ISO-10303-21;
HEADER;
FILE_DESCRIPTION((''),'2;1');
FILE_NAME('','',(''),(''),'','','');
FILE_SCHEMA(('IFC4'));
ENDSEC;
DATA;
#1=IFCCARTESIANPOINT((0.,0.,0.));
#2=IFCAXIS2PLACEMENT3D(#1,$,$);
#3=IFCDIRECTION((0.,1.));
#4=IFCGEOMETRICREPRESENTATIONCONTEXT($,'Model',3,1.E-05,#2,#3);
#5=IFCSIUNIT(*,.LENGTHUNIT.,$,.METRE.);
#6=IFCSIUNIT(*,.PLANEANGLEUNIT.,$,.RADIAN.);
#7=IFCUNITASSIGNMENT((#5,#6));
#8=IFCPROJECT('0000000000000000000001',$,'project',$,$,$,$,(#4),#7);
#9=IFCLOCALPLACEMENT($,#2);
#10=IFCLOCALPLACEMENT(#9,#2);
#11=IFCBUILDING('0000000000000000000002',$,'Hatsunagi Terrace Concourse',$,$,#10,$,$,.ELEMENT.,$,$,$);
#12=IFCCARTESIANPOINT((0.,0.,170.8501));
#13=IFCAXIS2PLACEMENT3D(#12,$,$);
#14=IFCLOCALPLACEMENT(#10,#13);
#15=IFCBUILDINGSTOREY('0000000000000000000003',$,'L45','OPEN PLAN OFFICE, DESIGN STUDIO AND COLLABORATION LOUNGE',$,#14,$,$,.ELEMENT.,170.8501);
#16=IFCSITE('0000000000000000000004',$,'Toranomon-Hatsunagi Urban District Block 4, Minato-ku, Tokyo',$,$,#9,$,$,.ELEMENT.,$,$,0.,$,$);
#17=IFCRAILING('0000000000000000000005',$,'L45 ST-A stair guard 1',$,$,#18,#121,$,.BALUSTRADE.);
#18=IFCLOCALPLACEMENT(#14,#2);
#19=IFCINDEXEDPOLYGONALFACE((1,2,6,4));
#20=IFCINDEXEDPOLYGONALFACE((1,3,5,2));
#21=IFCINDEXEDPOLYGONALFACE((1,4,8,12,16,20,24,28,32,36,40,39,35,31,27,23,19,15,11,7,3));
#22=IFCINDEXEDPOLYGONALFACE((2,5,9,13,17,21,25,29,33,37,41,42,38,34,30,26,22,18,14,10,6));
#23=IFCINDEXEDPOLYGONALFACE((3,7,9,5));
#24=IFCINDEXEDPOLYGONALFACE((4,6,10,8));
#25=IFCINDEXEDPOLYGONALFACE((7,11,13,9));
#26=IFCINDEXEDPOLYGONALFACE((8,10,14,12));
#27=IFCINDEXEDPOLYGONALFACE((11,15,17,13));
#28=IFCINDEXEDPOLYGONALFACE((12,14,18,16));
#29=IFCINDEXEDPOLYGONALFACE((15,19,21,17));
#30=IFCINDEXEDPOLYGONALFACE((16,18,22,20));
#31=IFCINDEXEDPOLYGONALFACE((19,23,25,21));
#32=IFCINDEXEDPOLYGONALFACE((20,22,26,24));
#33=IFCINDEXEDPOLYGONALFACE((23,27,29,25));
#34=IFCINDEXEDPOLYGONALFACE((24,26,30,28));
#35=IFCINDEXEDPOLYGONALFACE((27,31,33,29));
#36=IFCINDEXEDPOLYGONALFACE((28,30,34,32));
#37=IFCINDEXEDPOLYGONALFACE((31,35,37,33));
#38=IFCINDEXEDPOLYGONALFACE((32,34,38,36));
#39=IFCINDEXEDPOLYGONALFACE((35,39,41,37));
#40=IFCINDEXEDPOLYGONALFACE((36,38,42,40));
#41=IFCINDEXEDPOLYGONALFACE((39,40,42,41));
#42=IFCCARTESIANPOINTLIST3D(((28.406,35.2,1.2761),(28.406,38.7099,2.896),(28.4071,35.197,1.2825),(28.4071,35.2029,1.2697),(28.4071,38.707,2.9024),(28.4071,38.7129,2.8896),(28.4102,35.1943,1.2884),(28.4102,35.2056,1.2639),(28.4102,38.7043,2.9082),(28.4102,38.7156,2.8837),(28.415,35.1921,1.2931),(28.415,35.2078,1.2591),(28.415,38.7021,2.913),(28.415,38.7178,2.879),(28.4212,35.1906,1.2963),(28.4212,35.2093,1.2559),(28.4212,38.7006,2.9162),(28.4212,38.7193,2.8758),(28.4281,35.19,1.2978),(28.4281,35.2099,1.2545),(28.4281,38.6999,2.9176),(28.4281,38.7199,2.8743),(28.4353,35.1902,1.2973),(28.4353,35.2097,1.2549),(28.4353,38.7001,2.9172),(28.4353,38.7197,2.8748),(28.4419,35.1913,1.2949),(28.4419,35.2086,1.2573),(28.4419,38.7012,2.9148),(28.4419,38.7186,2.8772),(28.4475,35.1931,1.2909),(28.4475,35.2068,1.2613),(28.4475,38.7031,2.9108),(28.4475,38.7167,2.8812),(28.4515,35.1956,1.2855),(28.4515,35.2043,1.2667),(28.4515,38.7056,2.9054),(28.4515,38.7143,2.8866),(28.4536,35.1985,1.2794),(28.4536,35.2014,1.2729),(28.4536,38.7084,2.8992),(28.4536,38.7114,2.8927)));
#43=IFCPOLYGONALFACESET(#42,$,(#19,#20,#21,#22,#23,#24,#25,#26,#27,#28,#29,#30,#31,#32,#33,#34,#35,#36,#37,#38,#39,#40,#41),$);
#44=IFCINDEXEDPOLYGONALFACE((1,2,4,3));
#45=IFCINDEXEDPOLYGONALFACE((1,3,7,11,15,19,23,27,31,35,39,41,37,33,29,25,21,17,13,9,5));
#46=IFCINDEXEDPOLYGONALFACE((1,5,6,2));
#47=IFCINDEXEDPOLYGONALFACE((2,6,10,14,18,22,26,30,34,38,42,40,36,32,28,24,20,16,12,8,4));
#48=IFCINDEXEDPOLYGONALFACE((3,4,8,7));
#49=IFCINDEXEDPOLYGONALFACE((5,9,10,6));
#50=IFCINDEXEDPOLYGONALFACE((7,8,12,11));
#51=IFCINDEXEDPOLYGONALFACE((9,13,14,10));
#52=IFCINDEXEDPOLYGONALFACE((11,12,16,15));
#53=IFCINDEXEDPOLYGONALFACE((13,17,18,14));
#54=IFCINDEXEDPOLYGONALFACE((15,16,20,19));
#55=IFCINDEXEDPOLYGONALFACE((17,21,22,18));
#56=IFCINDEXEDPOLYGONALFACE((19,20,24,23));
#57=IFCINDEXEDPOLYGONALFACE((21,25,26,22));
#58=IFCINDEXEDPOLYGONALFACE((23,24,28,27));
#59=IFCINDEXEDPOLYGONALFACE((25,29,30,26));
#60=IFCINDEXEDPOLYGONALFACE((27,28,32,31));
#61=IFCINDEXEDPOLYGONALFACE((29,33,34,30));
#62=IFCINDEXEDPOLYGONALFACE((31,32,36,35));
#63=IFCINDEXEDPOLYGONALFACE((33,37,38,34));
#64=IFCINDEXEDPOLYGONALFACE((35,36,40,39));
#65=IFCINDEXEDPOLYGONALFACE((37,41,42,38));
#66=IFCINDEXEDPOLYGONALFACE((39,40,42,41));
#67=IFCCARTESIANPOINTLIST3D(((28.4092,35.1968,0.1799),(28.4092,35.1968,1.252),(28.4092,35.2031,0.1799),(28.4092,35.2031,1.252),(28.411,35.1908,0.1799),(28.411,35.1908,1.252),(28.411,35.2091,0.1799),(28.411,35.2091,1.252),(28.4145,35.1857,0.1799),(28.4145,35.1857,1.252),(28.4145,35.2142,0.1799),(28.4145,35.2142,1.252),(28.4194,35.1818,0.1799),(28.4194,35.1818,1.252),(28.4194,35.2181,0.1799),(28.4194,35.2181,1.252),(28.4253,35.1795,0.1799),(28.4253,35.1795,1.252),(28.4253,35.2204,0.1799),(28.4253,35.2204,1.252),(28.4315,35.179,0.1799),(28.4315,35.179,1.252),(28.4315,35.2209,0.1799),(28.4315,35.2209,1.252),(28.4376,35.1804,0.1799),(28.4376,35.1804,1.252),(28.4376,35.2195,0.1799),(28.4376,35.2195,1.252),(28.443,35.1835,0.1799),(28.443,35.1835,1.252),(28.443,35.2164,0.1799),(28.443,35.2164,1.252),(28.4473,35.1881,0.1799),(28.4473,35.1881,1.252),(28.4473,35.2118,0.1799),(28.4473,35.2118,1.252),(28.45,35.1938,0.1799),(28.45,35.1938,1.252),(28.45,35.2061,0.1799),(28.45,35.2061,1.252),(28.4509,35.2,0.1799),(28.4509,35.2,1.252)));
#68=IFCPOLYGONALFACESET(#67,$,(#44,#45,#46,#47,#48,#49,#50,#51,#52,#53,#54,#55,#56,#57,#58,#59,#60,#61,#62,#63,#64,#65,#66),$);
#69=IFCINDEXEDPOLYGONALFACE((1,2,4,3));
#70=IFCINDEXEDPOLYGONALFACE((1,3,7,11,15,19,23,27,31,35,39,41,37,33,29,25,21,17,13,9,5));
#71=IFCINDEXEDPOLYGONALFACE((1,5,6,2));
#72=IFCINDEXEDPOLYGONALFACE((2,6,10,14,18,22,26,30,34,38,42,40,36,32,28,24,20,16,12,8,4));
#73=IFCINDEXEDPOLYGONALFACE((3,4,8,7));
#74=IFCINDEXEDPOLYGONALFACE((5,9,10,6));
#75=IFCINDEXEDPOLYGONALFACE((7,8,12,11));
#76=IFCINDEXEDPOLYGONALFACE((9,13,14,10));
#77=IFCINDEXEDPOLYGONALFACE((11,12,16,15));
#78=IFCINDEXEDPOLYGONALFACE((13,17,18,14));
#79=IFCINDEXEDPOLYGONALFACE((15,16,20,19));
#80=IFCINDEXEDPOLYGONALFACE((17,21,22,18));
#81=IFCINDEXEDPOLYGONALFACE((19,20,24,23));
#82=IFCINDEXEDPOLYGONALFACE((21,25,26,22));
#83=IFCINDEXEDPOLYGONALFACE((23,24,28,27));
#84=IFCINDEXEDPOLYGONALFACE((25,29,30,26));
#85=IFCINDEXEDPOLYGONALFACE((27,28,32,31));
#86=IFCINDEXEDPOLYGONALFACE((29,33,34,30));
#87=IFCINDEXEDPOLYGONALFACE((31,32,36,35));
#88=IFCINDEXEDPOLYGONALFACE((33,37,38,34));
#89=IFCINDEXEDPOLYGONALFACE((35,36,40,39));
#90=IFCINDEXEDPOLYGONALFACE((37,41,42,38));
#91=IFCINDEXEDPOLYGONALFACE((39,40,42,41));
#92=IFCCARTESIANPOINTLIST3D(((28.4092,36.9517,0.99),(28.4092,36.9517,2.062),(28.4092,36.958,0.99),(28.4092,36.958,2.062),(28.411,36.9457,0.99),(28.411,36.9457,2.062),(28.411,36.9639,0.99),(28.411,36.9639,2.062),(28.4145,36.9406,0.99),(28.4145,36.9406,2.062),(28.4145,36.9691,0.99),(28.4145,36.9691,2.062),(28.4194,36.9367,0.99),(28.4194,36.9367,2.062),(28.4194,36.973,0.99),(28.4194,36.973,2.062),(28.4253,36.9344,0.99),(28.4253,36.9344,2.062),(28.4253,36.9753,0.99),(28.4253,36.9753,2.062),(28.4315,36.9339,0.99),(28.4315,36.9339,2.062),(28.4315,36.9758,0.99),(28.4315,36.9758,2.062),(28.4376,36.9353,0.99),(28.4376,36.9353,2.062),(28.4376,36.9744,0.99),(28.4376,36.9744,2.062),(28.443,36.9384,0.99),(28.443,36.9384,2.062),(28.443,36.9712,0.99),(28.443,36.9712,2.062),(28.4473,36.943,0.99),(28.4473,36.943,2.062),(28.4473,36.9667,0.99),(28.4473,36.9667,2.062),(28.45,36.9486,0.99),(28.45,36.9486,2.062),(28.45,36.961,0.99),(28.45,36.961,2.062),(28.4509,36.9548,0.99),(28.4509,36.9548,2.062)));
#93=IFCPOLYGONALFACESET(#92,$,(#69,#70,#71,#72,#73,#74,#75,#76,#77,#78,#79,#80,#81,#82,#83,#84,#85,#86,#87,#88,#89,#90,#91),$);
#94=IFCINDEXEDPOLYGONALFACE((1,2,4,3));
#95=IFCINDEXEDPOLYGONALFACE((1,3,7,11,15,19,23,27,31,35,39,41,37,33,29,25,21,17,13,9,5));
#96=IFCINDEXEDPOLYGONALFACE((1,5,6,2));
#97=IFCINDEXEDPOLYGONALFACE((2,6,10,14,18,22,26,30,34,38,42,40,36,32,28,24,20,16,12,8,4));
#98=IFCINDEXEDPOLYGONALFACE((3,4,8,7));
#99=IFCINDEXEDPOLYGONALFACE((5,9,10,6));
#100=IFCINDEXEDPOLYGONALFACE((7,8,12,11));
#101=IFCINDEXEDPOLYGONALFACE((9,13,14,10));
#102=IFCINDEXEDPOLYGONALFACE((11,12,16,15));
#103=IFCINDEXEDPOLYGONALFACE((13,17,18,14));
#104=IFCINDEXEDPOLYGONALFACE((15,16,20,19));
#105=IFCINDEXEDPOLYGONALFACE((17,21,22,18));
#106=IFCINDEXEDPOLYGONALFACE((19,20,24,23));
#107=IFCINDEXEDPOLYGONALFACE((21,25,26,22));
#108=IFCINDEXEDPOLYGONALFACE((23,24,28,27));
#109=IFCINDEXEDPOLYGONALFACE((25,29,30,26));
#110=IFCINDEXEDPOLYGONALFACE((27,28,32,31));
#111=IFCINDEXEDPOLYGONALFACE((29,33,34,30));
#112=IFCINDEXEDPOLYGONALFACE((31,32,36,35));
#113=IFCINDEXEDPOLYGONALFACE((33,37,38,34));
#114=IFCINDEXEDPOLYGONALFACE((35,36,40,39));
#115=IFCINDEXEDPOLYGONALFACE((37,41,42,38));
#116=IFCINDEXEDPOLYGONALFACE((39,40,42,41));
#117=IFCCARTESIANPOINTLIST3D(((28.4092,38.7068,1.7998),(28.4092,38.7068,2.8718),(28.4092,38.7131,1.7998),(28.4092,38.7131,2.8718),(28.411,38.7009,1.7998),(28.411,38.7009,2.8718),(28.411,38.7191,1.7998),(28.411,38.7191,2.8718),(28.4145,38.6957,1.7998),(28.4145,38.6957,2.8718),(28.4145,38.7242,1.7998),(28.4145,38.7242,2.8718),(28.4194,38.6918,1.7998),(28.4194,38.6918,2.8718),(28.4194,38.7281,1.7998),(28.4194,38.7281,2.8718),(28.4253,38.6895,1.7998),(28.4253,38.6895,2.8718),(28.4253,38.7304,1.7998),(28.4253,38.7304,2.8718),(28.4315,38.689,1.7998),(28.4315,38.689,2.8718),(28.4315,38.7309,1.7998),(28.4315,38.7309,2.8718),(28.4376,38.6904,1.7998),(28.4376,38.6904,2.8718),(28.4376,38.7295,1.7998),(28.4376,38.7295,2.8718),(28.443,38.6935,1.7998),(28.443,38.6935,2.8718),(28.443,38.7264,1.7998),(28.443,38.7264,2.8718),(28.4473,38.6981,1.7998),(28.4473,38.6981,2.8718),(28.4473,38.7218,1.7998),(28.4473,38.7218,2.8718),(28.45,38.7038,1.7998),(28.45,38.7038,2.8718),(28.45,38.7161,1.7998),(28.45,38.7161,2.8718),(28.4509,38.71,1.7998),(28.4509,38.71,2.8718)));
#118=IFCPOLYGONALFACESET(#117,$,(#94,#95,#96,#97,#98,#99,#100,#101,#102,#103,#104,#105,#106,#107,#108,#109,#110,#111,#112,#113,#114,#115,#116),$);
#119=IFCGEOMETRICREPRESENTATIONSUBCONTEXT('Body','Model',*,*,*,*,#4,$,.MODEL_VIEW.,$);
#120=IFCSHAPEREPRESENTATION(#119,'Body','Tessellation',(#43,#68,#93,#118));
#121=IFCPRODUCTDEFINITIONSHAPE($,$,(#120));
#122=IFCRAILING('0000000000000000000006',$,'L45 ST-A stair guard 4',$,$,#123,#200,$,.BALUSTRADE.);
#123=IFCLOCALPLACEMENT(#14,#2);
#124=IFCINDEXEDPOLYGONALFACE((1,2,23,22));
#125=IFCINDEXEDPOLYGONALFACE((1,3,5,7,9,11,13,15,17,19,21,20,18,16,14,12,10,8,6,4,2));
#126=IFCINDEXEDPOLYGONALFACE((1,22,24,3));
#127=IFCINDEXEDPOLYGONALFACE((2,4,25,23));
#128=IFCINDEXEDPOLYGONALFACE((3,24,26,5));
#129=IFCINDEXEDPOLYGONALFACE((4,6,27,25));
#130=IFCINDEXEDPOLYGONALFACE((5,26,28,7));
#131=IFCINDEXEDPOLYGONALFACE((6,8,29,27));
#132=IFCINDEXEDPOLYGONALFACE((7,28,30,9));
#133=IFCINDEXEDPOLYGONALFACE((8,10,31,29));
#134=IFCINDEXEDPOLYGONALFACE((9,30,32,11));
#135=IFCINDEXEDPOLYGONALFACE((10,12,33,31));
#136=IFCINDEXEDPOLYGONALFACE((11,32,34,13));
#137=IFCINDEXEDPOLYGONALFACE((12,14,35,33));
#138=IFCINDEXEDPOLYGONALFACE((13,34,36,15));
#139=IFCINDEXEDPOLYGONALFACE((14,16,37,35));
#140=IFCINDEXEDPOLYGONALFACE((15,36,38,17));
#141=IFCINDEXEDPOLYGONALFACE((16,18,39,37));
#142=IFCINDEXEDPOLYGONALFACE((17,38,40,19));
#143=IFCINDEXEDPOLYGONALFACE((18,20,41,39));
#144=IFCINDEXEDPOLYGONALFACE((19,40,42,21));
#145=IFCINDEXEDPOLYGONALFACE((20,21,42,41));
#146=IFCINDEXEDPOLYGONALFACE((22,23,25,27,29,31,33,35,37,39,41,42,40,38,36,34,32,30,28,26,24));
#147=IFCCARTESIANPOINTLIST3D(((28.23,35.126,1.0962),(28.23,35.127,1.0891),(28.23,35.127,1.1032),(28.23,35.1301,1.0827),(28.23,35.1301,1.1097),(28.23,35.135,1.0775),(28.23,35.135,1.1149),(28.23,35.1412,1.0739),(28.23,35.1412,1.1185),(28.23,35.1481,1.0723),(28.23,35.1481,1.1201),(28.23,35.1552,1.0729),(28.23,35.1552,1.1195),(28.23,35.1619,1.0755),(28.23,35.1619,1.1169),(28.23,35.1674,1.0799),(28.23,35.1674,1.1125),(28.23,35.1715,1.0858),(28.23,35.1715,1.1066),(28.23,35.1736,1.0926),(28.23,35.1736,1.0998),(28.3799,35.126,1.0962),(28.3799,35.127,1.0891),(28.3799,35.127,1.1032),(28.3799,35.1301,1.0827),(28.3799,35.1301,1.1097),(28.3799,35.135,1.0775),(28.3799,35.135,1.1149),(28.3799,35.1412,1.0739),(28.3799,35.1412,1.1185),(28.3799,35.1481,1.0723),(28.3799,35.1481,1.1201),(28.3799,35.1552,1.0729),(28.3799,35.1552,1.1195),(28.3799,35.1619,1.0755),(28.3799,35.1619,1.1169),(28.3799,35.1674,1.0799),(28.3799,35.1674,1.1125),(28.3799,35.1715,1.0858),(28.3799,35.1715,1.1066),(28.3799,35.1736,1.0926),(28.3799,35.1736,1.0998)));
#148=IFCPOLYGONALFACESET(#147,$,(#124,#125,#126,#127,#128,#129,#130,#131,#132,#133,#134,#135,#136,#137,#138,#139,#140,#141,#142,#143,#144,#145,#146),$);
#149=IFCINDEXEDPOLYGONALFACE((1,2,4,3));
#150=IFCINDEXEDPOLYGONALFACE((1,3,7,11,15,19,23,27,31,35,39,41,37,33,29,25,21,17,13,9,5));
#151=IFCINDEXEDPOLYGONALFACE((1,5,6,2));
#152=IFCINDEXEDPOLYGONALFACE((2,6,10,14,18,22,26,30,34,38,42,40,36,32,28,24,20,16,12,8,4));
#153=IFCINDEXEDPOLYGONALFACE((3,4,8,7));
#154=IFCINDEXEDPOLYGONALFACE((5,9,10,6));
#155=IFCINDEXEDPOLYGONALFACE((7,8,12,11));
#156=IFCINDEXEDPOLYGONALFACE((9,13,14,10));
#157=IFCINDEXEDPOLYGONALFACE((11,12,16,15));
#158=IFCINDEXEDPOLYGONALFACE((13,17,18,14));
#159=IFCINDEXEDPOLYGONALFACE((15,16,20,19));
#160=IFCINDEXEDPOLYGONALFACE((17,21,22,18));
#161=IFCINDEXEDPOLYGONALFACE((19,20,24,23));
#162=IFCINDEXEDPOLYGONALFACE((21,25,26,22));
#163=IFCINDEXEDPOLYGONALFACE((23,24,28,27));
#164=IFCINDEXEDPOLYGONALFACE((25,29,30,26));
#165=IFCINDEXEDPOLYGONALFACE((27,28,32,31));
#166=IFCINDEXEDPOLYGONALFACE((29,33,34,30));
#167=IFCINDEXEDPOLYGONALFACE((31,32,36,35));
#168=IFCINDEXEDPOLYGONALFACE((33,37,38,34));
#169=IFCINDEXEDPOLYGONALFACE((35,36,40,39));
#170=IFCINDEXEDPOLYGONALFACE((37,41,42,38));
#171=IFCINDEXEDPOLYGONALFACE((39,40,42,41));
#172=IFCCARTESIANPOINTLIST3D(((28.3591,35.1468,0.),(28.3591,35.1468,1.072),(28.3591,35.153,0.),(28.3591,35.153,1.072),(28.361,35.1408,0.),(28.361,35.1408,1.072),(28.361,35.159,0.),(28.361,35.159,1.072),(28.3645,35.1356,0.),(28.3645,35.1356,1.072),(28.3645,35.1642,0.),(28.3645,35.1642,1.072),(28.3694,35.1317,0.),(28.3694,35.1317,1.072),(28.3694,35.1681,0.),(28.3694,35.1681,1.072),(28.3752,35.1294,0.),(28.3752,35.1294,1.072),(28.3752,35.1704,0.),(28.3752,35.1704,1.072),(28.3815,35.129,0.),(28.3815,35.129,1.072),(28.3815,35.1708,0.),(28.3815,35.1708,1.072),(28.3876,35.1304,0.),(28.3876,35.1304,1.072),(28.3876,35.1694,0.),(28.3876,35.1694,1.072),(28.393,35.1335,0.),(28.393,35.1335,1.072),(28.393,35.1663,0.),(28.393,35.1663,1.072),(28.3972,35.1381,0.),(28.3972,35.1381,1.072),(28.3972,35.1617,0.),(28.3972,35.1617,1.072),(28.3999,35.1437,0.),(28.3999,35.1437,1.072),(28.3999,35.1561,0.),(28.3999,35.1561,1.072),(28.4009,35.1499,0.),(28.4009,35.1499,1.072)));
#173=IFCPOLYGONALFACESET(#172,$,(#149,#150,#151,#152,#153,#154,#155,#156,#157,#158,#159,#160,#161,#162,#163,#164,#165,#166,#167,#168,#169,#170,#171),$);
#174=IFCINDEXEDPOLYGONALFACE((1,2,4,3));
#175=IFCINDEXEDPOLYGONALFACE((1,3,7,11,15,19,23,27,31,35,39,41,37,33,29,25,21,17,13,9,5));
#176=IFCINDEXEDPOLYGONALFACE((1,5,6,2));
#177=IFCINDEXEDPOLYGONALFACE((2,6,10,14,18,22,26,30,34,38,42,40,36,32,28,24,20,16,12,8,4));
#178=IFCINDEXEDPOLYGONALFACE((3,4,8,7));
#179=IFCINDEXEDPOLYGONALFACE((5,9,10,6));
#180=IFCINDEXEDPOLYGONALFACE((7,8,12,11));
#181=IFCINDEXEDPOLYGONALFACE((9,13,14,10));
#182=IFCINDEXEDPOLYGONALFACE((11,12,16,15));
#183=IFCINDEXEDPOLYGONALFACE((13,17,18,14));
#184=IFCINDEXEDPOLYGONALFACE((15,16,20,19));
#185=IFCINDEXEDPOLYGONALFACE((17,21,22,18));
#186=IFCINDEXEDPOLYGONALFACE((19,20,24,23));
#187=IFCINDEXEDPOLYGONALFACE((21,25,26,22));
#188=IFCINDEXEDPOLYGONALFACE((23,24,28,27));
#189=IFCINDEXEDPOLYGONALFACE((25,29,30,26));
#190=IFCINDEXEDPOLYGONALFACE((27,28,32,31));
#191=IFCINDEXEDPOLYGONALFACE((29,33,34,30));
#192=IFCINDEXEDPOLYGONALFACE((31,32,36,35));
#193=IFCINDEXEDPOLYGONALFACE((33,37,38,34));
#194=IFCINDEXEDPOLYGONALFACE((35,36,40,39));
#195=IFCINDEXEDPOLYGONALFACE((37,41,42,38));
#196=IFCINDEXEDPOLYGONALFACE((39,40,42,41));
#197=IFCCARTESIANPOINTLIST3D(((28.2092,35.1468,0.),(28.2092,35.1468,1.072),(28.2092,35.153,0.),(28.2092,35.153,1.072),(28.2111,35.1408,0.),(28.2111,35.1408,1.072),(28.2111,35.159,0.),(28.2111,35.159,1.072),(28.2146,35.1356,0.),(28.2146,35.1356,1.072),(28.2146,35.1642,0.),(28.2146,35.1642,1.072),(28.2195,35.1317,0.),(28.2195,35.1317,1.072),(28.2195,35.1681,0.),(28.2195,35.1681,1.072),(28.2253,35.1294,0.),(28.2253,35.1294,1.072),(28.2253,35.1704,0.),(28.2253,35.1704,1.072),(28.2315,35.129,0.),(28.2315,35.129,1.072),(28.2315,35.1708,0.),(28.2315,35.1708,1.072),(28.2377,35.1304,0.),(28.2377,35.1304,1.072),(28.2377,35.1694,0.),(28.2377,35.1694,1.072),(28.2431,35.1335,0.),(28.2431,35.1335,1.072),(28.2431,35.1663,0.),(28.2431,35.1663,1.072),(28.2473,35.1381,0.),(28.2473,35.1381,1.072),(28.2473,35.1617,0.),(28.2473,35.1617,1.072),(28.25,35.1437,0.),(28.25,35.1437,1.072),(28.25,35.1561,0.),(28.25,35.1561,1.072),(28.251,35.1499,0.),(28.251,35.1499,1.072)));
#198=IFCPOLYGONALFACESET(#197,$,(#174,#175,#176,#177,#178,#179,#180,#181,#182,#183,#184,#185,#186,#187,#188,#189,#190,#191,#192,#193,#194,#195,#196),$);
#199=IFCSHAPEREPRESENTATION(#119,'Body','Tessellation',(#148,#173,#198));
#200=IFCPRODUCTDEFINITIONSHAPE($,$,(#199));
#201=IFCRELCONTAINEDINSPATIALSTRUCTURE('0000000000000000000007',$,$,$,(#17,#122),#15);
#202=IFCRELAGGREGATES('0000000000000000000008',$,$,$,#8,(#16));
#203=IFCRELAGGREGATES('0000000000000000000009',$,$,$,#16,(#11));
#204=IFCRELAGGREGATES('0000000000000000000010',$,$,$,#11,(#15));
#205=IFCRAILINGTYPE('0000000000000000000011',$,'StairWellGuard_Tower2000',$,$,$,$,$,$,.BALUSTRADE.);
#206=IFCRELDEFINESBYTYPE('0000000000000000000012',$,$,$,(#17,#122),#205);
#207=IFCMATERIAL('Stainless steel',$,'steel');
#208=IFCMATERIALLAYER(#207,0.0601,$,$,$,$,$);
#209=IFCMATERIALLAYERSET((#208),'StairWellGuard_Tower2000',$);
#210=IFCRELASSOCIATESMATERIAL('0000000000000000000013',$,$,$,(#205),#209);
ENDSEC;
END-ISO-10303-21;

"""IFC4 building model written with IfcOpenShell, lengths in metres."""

from ifc_helpers import new_model, si_unit, direction, frame, origin, origin_2d, place, context, subcontext, project, spatial, circle, extrude, material, layer, layer_set, type_object, element, save


model = new_model("IFC4")

# Units and contexts
model_context = context("Model", 3, precision=1e-05, world=origin(), true_north=direction((0.0, 1.0)))
body_context = subcontext(model_context, "Body", "Model", "MODEL_VIEW")
ifc_project = project(units=[si_unit("LENGTHUNIT", "METRE"), si_unit("PLANEANGLEUNIT", "RADIAN")], contexts=[model_context])

# Site, building, storey
site_placement = place(None, origin())
site = spatial("IfcSite", under=ifc_project, at=site_placement, Name="Toranomon-Hatsunagi Urban District Block 4, Minato-ku, Tokyo", CompositionType="ELEMENT", RefElevation=0.0)
building_placement = place(site_placement, origin())
building = spatial("IfcBuilding", under=site, at=building_placement, Name="Hatsunagi Terrace Concourse", CompositionType="ELEMENT")
storey_placement = place(building_placement, frame((0.0, 0.0, 170.8501)))
storey = spatial("IfcBuildingStorey", under=building, at=storey_placement, Name="L45", Description="OPEN PLAN OFFICE, DESIGN STUDIO AND COLLABORATION LOUNGE", CompositionType="ELEMENT", Elevation=170.8501)

# Railings
ifc_material_1 = material(Name="Stainless steel", Category="steel")
ifc_layer_1 = layer(ifc_material_1, 0.0601)
ifc_layer_set_1 = layer_set([ifc_layer_1], Name="StairWellGuard_Tower2000")
railing_type_1 = type_object("IfcRailingType", Name="StairWellGuard_Tower2000", PredefinedType="BALUSTRADE", material=ifc_layer_set_1)
railing_1_placement = place(storey_placement, frame((28.4299, 35.2, 0.1799)))
element("IfcRailing", 1, at=railing_1_placement, inside=storey, type_object=railing_type_1, Name="L45 ST-A stair guard 1", PredefinedType="BALUSTRADE", context=body_context, shape_type="SweptSolid", body=[
    extrude(circle(Radius=0.0239, at=origin_2d()), frame((0.0, 0.0, 1.0962), z_axis=(0.0, 0.907972, 0.41903), x_axis=(-1.0, 0.0, 0.0)), (0.0, 0.0, 1.0), 3.8657),
    extrude(circle(Radius=0.021, at=origin_2d()), origin(), (0.0, 0.0, 1.0), 1.072),
    extrude(circle(Radius=0.021, at=origin_2d()), frame((0.0, 1.7549, 0.8101)), (0.0, 0.0, 1.0), 1.072),
    extrude(circle(Radius=0.021, at=origin_2d()), frame((0.0, 3.51, 1.6199)), (0.0, 0.0, 1.0), 1.072),
])
railing_2_placement = place(storey_placement, frame((28.3799, 35.1499, 0.0)))
element("IfcRailing", 2, at=railing_2_placement, inside=storey, type_object=railing_type_1, Name="L45 ST-A stair guard 4", PredefinedType="BALUSTRADE", context=body_context, shape_type="SweptSolid", body=[
    extrude(circle(Radius=0.0239, at=origin_2d()), frame((0.0, 0.0, 1.0962), z_axis=(-1.0, 0.0, 0.0), x_axis=(0.0, -1.0, 0.0)), (0.0, 0.0, 1.0), 0.1499),
    extrude(circle(Radius=0.021, at=origin_2d()), origin(), (0.0, 0.0, 1.0), 1.072),
    extrude(circle(Radius=0.021, at=origin_2d()), frame((-0.1499, 0.0, 0.0)), (0.0, 0.0, 1.0), 1.072),
])

save(model, "model.ifc")
